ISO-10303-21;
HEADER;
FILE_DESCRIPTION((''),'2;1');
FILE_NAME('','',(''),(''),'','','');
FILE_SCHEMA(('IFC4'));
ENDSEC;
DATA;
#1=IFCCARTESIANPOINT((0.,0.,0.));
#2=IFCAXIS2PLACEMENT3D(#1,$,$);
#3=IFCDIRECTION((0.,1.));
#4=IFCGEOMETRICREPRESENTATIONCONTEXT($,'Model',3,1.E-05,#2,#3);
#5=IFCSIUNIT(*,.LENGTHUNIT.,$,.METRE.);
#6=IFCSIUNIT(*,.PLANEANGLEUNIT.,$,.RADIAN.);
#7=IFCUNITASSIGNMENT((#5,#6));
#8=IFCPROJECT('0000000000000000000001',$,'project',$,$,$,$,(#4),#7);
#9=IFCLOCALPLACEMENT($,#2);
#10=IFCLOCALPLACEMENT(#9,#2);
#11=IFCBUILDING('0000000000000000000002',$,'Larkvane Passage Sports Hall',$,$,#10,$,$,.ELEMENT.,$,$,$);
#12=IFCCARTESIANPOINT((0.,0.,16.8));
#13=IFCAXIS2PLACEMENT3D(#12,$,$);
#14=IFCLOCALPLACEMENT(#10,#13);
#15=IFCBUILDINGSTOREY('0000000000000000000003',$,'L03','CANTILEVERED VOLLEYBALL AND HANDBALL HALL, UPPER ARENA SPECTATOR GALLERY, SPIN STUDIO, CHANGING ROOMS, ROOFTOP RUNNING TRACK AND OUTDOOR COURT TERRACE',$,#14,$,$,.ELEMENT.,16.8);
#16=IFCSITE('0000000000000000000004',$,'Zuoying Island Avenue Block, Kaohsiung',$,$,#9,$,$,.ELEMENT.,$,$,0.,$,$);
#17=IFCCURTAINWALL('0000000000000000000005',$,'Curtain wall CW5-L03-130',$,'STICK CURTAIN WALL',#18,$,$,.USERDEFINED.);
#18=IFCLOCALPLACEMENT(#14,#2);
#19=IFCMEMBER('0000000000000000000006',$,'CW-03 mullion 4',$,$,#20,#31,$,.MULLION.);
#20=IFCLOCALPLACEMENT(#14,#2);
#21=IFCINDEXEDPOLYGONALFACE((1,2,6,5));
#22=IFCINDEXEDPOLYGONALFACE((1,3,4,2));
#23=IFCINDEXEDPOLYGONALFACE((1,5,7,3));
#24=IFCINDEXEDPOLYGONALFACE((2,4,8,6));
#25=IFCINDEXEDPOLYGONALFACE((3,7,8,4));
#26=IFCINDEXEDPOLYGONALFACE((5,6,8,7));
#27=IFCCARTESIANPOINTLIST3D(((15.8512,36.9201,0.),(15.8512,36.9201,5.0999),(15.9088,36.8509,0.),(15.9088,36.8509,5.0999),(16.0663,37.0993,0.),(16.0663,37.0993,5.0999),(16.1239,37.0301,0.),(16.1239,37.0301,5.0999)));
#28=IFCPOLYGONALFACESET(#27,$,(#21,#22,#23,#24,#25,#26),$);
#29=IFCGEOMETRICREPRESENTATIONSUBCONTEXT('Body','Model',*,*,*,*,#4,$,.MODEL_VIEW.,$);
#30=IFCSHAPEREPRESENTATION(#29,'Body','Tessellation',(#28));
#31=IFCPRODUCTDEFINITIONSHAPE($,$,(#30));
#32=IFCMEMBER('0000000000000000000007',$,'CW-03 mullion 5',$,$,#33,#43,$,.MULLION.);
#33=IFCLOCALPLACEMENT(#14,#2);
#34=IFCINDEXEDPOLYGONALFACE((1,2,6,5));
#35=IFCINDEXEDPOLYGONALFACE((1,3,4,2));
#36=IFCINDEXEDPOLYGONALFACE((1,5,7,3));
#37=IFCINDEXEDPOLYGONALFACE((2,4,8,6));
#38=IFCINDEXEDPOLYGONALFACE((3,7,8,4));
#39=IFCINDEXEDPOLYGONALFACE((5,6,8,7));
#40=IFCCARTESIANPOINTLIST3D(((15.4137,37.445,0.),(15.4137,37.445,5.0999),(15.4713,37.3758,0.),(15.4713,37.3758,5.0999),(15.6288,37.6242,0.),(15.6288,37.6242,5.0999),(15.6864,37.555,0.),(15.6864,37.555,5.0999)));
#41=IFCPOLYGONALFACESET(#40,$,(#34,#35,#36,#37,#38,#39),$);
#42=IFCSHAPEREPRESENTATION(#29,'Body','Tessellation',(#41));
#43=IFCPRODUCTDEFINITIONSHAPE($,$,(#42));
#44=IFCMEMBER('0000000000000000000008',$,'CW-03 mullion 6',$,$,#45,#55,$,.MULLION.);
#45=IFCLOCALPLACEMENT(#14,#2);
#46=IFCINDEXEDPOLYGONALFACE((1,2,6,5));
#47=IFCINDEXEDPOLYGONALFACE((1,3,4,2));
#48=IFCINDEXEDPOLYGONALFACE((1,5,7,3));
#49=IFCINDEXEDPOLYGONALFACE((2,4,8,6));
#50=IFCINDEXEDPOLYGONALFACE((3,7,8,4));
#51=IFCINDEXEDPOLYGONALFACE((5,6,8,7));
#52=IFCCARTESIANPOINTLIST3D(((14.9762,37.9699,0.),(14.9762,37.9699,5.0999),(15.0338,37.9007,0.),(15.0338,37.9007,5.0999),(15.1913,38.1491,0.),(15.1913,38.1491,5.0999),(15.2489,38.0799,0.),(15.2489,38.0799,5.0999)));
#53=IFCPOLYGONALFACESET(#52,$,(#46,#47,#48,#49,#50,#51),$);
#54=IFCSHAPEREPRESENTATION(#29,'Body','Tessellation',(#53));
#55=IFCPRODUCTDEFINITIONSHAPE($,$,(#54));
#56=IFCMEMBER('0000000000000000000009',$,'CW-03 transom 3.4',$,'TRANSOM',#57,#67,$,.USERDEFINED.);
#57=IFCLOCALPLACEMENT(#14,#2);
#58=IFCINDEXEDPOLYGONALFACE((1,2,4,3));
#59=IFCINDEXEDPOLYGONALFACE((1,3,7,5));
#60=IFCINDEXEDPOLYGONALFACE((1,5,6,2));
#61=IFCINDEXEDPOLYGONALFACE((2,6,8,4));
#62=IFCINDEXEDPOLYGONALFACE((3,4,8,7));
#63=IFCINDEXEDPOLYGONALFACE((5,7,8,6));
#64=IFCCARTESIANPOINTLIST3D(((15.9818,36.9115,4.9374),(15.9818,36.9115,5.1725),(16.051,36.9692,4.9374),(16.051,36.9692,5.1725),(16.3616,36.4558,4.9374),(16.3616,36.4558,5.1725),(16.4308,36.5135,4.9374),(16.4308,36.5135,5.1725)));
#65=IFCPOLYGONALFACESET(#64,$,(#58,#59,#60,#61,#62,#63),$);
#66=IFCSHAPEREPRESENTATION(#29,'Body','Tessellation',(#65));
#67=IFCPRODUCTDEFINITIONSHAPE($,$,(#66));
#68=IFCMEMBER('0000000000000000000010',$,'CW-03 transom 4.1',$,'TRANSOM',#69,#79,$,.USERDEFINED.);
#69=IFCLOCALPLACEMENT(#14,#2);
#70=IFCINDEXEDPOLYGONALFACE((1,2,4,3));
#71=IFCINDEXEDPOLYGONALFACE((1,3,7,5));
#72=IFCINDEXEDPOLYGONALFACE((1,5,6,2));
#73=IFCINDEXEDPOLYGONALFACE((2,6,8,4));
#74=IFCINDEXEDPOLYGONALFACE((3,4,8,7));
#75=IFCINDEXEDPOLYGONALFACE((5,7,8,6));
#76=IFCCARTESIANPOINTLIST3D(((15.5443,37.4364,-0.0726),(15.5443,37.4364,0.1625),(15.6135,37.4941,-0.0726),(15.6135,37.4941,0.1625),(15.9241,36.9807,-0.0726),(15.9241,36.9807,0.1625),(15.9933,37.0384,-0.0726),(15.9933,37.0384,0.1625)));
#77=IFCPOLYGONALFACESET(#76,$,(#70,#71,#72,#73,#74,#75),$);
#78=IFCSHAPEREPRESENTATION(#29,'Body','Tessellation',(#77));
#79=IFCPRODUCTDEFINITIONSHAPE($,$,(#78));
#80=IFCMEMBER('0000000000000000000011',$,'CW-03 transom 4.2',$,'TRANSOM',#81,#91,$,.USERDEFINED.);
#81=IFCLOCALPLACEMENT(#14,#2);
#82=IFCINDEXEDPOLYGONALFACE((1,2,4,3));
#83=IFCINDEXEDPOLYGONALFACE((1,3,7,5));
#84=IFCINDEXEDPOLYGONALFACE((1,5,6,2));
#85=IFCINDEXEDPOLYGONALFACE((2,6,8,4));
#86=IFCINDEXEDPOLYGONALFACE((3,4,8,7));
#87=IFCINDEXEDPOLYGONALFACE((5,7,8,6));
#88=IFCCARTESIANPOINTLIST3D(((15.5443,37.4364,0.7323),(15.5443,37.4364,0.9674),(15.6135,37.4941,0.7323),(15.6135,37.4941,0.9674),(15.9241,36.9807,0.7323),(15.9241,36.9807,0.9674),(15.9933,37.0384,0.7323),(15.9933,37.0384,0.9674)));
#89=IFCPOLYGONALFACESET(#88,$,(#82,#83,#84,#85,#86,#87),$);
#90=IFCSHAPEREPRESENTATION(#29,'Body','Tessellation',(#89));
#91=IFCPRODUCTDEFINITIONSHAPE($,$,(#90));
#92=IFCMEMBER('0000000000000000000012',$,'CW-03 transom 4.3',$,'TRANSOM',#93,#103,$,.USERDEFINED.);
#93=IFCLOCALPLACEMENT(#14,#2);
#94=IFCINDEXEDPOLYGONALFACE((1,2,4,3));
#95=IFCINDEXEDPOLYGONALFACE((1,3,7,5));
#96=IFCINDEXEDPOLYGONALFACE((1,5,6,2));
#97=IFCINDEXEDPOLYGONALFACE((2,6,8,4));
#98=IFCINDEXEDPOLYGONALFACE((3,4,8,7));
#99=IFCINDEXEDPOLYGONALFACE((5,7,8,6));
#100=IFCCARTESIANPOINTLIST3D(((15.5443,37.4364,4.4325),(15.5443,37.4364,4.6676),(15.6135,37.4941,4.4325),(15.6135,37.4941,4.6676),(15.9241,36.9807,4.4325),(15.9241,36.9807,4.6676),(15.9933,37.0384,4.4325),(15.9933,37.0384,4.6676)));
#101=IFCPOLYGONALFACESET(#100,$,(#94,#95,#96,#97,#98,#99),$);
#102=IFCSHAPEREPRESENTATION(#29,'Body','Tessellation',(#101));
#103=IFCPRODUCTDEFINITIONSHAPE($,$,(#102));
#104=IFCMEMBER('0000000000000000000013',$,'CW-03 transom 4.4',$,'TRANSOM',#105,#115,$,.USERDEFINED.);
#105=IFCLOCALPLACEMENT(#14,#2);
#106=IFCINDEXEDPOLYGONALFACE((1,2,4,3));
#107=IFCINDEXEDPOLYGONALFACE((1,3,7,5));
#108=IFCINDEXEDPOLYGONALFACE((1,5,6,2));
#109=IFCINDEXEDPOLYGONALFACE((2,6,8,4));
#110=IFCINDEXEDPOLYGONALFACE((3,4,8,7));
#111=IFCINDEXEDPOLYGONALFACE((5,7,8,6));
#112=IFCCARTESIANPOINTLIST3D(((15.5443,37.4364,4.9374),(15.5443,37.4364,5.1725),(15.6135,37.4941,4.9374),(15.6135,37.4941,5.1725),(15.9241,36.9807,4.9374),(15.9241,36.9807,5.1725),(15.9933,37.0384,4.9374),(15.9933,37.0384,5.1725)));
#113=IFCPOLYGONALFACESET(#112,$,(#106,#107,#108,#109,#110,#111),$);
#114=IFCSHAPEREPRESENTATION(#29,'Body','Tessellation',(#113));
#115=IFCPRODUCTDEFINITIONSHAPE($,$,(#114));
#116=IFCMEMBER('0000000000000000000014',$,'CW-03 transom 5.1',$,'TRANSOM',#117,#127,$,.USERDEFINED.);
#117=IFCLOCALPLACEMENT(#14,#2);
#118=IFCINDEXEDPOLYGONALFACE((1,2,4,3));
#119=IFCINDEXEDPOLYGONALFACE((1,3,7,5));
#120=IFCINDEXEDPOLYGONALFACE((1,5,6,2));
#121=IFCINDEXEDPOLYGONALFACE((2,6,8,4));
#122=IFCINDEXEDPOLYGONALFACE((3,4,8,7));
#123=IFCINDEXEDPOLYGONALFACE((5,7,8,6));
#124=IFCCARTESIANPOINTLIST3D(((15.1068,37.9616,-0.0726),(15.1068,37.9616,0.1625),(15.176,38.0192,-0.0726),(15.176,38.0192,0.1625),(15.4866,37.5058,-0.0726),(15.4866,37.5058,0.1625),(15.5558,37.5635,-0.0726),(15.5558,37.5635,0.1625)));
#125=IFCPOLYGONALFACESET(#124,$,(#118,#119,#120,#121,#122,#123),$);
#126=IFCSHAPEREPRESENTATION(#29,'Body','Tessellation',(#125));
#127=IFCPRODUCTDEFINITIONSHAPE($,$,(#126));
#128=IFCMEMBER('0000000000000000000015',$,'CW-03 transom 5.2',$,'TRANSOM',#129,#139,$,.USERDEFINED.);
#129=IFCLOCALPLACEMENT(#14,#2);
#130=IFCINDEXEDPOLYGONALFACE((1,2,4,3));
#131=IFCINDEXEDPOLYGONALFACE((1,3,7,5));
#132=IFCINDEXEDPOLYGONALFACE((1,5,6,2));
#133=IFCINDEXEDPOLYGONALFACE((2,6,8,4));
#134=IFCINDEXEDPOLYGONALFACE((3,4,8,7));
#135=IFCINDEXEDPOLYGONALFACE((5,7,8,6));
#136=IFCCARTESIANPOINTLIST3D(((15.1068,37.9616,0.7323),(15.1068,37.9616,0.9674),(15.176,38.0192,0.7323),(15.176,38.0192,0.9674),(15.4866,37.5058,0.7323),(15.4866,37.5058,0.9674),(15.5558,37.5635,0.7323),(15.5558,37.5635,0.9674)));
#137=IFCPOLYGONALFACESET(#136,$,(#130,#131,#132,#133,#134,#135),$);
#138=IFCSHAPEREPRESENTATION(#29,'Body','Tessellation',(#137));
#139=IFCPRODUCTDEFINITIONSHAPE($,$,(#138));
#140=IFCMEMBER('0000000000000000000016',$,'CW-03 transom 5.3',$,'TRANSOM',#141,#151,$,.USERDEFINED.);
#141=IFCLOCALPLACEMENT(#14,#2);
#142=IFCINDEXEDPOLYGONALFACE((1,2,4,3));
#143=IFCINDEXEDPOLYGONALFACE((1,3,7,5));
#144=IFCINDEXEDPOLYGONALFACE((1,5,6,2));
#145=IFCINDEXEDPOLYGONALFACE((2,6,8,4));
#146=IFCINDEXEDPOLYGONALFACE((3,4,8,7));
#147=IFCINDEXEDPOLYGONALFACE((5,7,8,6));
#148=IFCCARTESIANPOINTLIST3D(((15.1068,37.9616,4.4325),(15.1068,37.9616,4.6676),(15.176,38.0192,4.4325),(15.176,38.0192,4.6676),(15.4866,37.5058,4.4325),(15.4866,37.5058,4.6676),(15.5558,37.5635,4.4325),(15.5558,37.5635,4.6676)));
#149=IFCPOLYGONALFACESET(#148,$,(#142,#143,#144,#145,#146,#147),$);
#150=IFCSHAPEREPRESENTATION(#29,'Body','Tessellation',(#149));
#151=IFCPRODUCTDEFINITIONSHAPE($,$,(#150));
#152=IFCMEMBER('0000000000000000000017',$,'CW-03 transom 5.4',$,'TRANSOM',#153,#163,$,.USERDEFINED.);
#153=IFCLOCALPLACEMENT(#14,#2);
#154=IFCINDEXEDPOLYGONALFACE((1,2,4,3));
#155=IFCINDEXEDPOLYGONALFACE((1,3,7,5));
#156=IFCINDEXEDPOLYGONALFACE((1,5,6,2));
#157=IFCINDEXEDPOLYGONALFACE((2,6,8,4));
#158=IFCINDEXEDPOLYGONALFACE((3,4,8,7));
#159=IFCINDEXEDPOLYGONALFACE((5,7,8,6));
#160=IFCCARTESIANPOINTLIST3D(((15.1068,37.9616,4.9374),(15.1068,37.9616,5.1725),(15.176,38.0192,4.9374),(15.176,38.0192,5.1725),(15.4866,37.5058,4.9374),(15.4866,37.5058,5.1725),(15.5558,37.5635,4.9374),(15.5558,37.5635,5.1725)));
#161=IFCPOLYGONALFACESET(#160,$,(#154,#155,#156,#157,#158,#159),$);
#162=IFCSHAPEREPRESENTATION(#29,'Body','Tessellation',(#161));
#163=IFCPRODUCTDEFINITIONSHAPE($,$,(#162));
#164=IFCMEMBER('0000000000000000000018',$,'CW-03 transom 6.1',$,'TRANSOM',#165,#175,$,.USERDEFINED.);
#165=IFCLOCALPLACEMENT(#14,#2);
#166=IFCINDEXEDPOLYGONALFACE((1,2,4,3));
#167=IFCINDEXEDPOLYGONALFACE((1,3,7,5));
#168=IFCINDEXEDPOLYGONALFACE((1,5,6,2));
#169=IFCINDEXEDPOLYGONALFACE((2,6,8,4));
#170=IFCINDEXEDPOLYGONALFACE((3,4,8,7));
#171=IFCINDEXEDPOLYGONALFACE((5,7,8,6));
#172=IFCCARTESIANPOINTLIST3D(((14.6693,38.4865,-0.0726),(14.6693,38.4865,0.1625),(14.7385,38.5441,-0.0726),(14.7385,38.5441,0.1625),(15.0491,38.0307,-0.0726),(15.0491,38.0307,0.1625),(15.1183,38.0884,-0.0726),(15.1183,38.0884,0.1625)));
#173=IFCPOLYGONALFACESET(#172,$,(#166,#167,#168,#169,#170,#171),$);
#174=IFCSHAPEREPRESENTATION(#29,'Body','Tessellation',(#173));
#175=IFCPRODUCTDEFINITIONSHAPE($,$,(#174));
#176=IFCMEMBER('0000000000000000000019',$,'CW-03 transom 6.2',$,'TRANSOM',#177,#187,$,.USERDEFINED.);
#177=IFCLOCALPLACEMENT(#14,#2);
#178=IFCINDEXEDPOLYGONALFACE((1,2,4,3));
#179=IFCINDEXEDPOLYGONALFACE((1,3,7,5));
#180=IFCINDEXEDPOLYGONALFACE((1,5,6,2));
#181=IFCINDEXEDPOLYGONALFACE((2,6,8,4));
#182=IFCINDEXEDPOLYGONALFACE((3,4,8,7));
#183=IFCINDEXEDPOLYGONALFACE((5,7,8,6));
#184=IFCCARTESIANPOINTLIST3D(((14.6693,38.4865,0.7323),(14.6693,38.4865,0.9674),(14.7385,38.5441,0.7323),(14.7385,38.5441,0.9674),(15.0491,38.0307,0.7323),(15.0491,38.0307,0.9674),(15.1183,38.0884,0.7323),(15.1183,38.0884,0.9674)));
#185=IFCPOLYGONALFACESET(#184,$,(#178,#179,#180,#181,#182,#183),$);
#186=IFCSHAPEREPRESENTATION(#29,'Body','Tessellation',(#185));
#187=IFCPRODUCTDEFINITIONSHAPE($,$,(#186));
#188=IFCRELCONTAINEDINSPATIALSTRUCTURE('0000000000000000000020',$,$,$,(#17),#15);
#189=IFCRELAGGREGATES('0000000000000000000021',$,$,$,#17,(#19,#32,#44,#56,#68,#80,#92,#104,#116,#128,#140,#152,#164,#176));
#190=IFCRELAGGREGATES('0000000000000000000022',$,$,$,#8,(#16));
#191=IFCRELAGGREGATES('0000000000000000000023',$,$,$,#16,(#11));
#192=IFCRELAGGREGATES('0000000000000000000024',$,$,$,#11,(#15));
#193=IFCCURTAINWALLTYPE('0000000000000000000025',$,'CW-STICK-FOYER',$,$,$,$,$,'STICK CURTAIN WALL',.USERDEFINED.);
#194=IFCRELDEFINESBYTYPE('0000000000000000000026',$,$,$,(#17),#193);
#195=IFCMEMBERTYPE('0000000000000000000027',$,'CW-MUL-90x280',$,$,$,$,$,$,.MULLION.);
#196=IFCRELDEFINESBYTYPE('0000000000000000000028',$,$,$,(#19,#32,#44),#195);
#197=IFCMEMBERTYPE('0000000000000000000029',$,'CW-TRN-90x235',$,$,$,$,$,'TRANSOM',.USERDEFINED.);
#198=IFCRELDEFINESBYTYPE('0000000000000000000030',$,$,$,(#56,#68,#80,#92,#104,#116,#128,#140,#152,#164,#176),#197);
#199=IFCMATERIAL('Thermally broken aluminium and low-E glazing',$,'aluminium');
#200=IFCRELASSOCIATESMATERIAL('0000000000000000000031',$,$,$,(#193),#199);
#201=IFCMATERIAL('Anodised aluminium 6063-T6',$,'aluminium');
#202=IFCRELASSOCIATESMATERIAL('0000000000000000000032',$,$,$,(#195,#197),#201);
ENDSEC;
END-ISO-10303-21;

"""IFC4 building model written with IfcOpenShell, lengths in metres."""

from ifc_helpers import new_model, si_unit, direction, frame, origin, origin_2d, place, context, subcontext, project, spatial, rectangle, extrude, material, material_profile, profile_set, type_object, element, aggregate, save


model = new_model("IFC4")

# Units and contexts
model_context = context("Model", 3, precision=1e-05, world=origin(), true_north=direction((0.0, 1.0)))
body_context = subcontext(model_context, "Body", "Model", "MODEL_VIEW")
ifc_project = project(units=[si_unit("LENGTHUNIT", "METRE"), si_unit("PLANEANGLEUNIT", "RADIAN")], contexts=[model_context])

# Site, building, storey
site_placement = place(None, origin())
site = spatial("IfcSite", under=ifc_project, at=site_placement, Name="Zuoying Island Avenue Block, Kaohsiung", CompositionType="ELEMENT", RefElevation=0.0)
building_placement = place(site_placement, origin())
building = spatial("IfcBuilding", under=site, at=building_placement, Name="Larkvane Passage Sports Hall", CompositionType="ELEMENT")
storey_placement = place(building_placement, frame((0.0, 0.0, 16.8)))
storey = spatial("IfcBuildingStorey", under=building, at=storey_placement, Name="L03", Description="CANTILEVERED VOLLEYBALL AND HANDBALL HALL, UPPER ARENA SPECTATOR GALLERY, SPIN STUDIO, CHANGING ROOMS, ROOFTOP RUNNING TRACK AND OUTDOOR COURT TERRACE", CompositionType="ELEMENT", Elevation=16.8)

# Curtain wall, members
ifc_material_1 = material(Name="Thermally broken aluminium and low-E glazing", Category="aluminium")
curtain_wall_type = type_object("IfcCurtainWallType", Name="CW-STICK-FOYER", ElementType="STICK CURTAIN WALL", PredefinedType="USERDEFINED", material=ifc_material_1)
curtain_wall_placement = place(storey_placement, origin())
curtain_wall = element("IfcCurtainWall", 1, at=curtain_wall_placement, inside=storey, type_object=curtain_wall_type, Name="Curtain wall CW5-L03-130", ObjectType="STICK CURTAIN WALL", PredefinedType="USERDEFINED")
ifc_material_2 = material(Name="Anodised aluminium 6063-T6", Category="aluminium")
ifc_material_profile_1 = material_profile(ifc_material_2, rectangle(XDim=0.0901, YDim=0.28, at=origin_2d()), Name="ALU-MUL-90x280")
ifc_profile_set_1 = profile_set([ifc_material_profile_1], Name="Anodised aluminium 6063-T6")
member_type_1 = type_object("IfcMemberType", Name="CW-MUL-90x280", PredefinedType="MULLION", material=ifc_profile_set_1)
member_1_placement = place(storey_placement, frame((15.9875, 36.9751, 0.0), z_axis=(0.0, 0.0, 1.0), x_axis=(-0.640184, 0.768221, 0.0)))
member_1 = element("IfcMember", 2, at=member_1_placement, type_object=member_type_1, Name="CW-03 mullion 4", PredefinedType="MULLION", context=body_context, shape_type="SweptSolid", body=[
    extrude(rectangle(XDim=0.0901, YDim=0.28, at=origin_2d()), origin(), (0.0, 0.0, 1.0), 5.0999),
])
member_2_placement = place(storey_placement, frame((15.55, 37.5, 0.0), z_axis=(0.0, 0.0, 1.0), x_axis=(-0.640184, 0.768221, 0.0)))
member_2 = element("IfcMember", 3, at=member_2_placement, type_object=member_type_1, Name="CW-03 mullion 5", PredefinedType="MULLION", context=body_context, shape_type="SweptSolid", body=[
    extrude(rectangle(XDim=0.0901, YDim=0.28, at=origin_2d()), origin(), (0.0, 0.0, 1.0), 5.0999),
])
member_3_placement = place(storey_placement, frame((15.1125, 38.0249, 0.0), z_axis=(0.0, 0.0, 1.0), x_axis=(-0.640184, 0.768221, 0.0)))
member_3 = element("IfcMember", 4, at=member_3_placement, type_object=member_type_1, Name="CW-03 mullion 6", PredefinedType="MULLION", context=body_context, shape_type="SweptSolid", body=[
    extrude(rectangle(XDim=0.0901, YDim=0.28, at=origin_2d()), origin(), (0.0, 0.0, 1.0), 5.0999),
])
ifc_material_profile_2 = material_profile(ifc_material_2, rectangle(XDim=0.0901, YDim=0.2351, at=origin_2d()), Name="ALU-TRN-90x235")
ifc_profile_set_2 = profile_set([ifc_material_profile_2], Name="Anodised aluminium 6063-T6")
member_type_2 = type_object("IfcMemberType", Name="CW-TRN-90x235", ElementType="TRANSOM", PredefinedType="USERDEFINED", material=ifc_profile_set_2)
member_4_placement = place(storey_placement, frame((16.3962, 36.4846, 5.0549), z_axis=(-0.640225, 0.768188, 0.0), x_axis=(-0.768188, -0.640225, 0.0)))
member_4 = element("IfcMember", 5, at=member_4_placement, type_object=member_type_2, Name="CW-03 transom 3.4", ObjectType="TRANSOM", PredefinedType="USERDEFINED", context=body_context, shape_type="SweptSolid", body=[
    extrude(rectangle(XDim=0.0901, YDim=0.2351, at=origin_2d()), origin(), (0.0, 0.0, 1.0), 0.5933),
])
member_5_placement = place(storey_placement, frame((15.9587, 37.0095, 0.0449), z_axis=(-0.640225, 0.768188, 0.0), x_axis=(-0.768188, -0.640225, 0.0)))
member_5 = element("IfcMember", 6, at=member_5_placement, type_object=member_type_2, Name="CW-03 transom 4.1", ObjectType="TRANSOM", PredefinedType="USERDEFINED", context=body_context, shape_type="SweptSolid", body=[
    extrude(rectangle(XDim=0.0901, YDim=0.2351, at=origin_2d()), origin(), (0.0, 0.0, 1.0), 0.5933),
])
member_6_placement = place(storey_placement, frame((15.9587, 37.0095, 0.8499), z_axis=(-0.640225, 0.768188, 0.0), x_axis=(-0.768188, -0.640225, 0.0)))
member_6 = element("IfcMember", 7, at=member_6_placement, type_object=member_type_2, Name="CW-03 transom 4.2", ObjectType="TRANSOM", PredefinedType="USERDEFINED", context=body_context, shape_type="SweptSolid", body=[
    extrude(rectangle(XDim=0.0901, YDim=0.2351, at=origin_2d()), origin(), (0.0, 0.0, 1.0), 0.5933),
])
member_7_placement = place(storey_placement, frame((15.9587, 37.0095, 4.55), z_axis=(-0.640225, 0.768188, 0.0), x_axis=(-0.768188, -0.640225, 0.0)))
member_7 = element("IfcMember", 8, at=member_7_placement, type_object=member_type_2, Name="CW-03 transom 4.3", ObjectType="TRANSOM", PredefinedType="USERDEFINED", context=body_context, shape_type="SweptSolid", body=[
    extrude(rectangle(XDim=0.0901, YDim=0.2351, at=origin_2d()), origin(), (0.0, 0.0, 1.0), 0.5933),
])
member_8_placement = place(storey_placement, frame((15.9587, 37.0095, 5.0549), z_axis=(-0.640225, 0.768188, 0.0), x_axis=(-0.768188, -0.640225, 0.0)))
member_8 = element("IfcMember", 9, at=member_8_placement, type_object=member_type_2, Name="CW-03 transom 4.4", ObjectType="TRANSOM", PredefinedType="USERDEFINED", context=body_context, shape_type="SweptSolid", body=[
    extrude(rectangle(XDim=0.0901, YDim=0.2351, at=origin_2d()), origin(), (0.0, 0.0, 1.0), 0.5933),
])
member_9_placement = place(storey_placement, frame((15.5212, 37.5347, 0.0449), z_axis=(-0.640225, 0.768188, 0.0), x_axis=(-0.768188, -0.640225, 0.0)))
member_9 = element("IfcMember", 10, at=member_9_placement, type_object=member_type_2, Name="CW-03 transom 5.1", ObjectType="TRANSOM", PredefinedType="USERDEFINED", context=body_context, shape_type="SweptSolid", body=[
    extrude(rectangle(XDim=0.0901, YDim=0.2351, at=origin_2d()), origin(), (0.0, 0.0, 1.0), 0.5933),
])
member_10_placement = place(storey_placement, frame((15.5212, 37.5347, 0.8499), z_axis=(-0.640225, 0.768188, 0.0), x_axis=(-0.768188, -0.640225, 0.0)))
member_10 = element("IfcMember", 11, at=member_10_placement, type_object=member_type_2, Name="CW-03 transom 5.2", ObjectType="TRANSOM", PredefinedType="USERDEFINED", context=body_context, shape_type="SweptSolid", body=[
    extrude(rectangle(XDim=0.0901, YDim=0.2351, at=origin_2d()), origin(), (0.0, 0.0, 1.0), 0.5933),
])
member_11_placement = place(storey_placement, frame((15.5212, 37.5347, 4.55), z_axis=(-0.640225, 0.768188, 0.0), x_axis=(-0.768188, -0.640225, 0.0)))
member_11 = element("IfcMember", 12, at=member_11_placement, type_object=member_type_2, Name="CW-03 transom 5.3", ObjectType="TRANSOM", PredefinedType="USERDEFINED", context=body_context, shape_type="SweptSolid", body=[
    extrude(rectangle(XDim=0.0901, YDim=0.2351, at=origin_2d()), origin(), (0.0, 0.0, 1.0), 0.5933),
])
member_12_placement = place(storey_placement, frame((15.5212, 37.5347, 5.0549), z_axis=(-0.640225, 0.768188, 0.0), x_axis=(-0.768188, -0.640225, 0.0)))
member_12 = element("IfcMember", 13, at=member_12_placement, type_object=member_type_2, Name="CW-03 transom 5.4", ObjectType="TRANSOM", PredefinedType="USERDEFINED", context=body_context, shape_type="SweptSolid", body=[
    extrude(rectangle(XDim=0.0901, YDim=0.2351, at=origin_2d()), origin(), (0.0, 0.0, 1.0), 0.5933),
])
member_13_placement = place(storey_placement, frame((15.0837, 38.0596, 0.0449), z_axis=(-0.640225, 0.768188, 0.0), x_axis=(-0.768188, -0.640225, 0.0)))
member_13 = element("IfcMember", 14, at=member_13_placement, type_object=member_type_2, Name="CW-03 transom 6.1", ObjectType="TRANSOM", PredefinedType="USERDEFINED", context=body_context, shape_type="SweptSolid", body=[
    extrude(rectangle(XDim=0.0901, YDim=0.2351, at=origin_2d()), origin(), (0.0, 0.0, 1.0), 0.5933),
])
member_14_placement = place(storey_placement, frame((15.0837, 38.0596, 0.8499), z_axis=(-0.640225, 0.768188, 0.0), x_axis=(-0.768188, -0.640225, 0.0)))
member_14 = element("IfcMember", 15, at=member_14_placement, type_object=member_type_2, Name="CW-03 transom 6.2", ObjectType="TRANSOM", PredefinedType="USERDEFINED", context=body_context, shape_type="SweptSolid", body=[
    extrude(rectangle(XDim=0.0901, YDim=0.2351, at=origin_2d()), origin(), (0.0, 0.0, 1.0), 0.5933),
])
aggregate(curtain_wall, [member_1, member_2, member_3, member_4, member_5, member_6, member_7, member_8, member_9, member_10, member_11, member_12, member_13, member_14])

save(model, "model.ifc")
